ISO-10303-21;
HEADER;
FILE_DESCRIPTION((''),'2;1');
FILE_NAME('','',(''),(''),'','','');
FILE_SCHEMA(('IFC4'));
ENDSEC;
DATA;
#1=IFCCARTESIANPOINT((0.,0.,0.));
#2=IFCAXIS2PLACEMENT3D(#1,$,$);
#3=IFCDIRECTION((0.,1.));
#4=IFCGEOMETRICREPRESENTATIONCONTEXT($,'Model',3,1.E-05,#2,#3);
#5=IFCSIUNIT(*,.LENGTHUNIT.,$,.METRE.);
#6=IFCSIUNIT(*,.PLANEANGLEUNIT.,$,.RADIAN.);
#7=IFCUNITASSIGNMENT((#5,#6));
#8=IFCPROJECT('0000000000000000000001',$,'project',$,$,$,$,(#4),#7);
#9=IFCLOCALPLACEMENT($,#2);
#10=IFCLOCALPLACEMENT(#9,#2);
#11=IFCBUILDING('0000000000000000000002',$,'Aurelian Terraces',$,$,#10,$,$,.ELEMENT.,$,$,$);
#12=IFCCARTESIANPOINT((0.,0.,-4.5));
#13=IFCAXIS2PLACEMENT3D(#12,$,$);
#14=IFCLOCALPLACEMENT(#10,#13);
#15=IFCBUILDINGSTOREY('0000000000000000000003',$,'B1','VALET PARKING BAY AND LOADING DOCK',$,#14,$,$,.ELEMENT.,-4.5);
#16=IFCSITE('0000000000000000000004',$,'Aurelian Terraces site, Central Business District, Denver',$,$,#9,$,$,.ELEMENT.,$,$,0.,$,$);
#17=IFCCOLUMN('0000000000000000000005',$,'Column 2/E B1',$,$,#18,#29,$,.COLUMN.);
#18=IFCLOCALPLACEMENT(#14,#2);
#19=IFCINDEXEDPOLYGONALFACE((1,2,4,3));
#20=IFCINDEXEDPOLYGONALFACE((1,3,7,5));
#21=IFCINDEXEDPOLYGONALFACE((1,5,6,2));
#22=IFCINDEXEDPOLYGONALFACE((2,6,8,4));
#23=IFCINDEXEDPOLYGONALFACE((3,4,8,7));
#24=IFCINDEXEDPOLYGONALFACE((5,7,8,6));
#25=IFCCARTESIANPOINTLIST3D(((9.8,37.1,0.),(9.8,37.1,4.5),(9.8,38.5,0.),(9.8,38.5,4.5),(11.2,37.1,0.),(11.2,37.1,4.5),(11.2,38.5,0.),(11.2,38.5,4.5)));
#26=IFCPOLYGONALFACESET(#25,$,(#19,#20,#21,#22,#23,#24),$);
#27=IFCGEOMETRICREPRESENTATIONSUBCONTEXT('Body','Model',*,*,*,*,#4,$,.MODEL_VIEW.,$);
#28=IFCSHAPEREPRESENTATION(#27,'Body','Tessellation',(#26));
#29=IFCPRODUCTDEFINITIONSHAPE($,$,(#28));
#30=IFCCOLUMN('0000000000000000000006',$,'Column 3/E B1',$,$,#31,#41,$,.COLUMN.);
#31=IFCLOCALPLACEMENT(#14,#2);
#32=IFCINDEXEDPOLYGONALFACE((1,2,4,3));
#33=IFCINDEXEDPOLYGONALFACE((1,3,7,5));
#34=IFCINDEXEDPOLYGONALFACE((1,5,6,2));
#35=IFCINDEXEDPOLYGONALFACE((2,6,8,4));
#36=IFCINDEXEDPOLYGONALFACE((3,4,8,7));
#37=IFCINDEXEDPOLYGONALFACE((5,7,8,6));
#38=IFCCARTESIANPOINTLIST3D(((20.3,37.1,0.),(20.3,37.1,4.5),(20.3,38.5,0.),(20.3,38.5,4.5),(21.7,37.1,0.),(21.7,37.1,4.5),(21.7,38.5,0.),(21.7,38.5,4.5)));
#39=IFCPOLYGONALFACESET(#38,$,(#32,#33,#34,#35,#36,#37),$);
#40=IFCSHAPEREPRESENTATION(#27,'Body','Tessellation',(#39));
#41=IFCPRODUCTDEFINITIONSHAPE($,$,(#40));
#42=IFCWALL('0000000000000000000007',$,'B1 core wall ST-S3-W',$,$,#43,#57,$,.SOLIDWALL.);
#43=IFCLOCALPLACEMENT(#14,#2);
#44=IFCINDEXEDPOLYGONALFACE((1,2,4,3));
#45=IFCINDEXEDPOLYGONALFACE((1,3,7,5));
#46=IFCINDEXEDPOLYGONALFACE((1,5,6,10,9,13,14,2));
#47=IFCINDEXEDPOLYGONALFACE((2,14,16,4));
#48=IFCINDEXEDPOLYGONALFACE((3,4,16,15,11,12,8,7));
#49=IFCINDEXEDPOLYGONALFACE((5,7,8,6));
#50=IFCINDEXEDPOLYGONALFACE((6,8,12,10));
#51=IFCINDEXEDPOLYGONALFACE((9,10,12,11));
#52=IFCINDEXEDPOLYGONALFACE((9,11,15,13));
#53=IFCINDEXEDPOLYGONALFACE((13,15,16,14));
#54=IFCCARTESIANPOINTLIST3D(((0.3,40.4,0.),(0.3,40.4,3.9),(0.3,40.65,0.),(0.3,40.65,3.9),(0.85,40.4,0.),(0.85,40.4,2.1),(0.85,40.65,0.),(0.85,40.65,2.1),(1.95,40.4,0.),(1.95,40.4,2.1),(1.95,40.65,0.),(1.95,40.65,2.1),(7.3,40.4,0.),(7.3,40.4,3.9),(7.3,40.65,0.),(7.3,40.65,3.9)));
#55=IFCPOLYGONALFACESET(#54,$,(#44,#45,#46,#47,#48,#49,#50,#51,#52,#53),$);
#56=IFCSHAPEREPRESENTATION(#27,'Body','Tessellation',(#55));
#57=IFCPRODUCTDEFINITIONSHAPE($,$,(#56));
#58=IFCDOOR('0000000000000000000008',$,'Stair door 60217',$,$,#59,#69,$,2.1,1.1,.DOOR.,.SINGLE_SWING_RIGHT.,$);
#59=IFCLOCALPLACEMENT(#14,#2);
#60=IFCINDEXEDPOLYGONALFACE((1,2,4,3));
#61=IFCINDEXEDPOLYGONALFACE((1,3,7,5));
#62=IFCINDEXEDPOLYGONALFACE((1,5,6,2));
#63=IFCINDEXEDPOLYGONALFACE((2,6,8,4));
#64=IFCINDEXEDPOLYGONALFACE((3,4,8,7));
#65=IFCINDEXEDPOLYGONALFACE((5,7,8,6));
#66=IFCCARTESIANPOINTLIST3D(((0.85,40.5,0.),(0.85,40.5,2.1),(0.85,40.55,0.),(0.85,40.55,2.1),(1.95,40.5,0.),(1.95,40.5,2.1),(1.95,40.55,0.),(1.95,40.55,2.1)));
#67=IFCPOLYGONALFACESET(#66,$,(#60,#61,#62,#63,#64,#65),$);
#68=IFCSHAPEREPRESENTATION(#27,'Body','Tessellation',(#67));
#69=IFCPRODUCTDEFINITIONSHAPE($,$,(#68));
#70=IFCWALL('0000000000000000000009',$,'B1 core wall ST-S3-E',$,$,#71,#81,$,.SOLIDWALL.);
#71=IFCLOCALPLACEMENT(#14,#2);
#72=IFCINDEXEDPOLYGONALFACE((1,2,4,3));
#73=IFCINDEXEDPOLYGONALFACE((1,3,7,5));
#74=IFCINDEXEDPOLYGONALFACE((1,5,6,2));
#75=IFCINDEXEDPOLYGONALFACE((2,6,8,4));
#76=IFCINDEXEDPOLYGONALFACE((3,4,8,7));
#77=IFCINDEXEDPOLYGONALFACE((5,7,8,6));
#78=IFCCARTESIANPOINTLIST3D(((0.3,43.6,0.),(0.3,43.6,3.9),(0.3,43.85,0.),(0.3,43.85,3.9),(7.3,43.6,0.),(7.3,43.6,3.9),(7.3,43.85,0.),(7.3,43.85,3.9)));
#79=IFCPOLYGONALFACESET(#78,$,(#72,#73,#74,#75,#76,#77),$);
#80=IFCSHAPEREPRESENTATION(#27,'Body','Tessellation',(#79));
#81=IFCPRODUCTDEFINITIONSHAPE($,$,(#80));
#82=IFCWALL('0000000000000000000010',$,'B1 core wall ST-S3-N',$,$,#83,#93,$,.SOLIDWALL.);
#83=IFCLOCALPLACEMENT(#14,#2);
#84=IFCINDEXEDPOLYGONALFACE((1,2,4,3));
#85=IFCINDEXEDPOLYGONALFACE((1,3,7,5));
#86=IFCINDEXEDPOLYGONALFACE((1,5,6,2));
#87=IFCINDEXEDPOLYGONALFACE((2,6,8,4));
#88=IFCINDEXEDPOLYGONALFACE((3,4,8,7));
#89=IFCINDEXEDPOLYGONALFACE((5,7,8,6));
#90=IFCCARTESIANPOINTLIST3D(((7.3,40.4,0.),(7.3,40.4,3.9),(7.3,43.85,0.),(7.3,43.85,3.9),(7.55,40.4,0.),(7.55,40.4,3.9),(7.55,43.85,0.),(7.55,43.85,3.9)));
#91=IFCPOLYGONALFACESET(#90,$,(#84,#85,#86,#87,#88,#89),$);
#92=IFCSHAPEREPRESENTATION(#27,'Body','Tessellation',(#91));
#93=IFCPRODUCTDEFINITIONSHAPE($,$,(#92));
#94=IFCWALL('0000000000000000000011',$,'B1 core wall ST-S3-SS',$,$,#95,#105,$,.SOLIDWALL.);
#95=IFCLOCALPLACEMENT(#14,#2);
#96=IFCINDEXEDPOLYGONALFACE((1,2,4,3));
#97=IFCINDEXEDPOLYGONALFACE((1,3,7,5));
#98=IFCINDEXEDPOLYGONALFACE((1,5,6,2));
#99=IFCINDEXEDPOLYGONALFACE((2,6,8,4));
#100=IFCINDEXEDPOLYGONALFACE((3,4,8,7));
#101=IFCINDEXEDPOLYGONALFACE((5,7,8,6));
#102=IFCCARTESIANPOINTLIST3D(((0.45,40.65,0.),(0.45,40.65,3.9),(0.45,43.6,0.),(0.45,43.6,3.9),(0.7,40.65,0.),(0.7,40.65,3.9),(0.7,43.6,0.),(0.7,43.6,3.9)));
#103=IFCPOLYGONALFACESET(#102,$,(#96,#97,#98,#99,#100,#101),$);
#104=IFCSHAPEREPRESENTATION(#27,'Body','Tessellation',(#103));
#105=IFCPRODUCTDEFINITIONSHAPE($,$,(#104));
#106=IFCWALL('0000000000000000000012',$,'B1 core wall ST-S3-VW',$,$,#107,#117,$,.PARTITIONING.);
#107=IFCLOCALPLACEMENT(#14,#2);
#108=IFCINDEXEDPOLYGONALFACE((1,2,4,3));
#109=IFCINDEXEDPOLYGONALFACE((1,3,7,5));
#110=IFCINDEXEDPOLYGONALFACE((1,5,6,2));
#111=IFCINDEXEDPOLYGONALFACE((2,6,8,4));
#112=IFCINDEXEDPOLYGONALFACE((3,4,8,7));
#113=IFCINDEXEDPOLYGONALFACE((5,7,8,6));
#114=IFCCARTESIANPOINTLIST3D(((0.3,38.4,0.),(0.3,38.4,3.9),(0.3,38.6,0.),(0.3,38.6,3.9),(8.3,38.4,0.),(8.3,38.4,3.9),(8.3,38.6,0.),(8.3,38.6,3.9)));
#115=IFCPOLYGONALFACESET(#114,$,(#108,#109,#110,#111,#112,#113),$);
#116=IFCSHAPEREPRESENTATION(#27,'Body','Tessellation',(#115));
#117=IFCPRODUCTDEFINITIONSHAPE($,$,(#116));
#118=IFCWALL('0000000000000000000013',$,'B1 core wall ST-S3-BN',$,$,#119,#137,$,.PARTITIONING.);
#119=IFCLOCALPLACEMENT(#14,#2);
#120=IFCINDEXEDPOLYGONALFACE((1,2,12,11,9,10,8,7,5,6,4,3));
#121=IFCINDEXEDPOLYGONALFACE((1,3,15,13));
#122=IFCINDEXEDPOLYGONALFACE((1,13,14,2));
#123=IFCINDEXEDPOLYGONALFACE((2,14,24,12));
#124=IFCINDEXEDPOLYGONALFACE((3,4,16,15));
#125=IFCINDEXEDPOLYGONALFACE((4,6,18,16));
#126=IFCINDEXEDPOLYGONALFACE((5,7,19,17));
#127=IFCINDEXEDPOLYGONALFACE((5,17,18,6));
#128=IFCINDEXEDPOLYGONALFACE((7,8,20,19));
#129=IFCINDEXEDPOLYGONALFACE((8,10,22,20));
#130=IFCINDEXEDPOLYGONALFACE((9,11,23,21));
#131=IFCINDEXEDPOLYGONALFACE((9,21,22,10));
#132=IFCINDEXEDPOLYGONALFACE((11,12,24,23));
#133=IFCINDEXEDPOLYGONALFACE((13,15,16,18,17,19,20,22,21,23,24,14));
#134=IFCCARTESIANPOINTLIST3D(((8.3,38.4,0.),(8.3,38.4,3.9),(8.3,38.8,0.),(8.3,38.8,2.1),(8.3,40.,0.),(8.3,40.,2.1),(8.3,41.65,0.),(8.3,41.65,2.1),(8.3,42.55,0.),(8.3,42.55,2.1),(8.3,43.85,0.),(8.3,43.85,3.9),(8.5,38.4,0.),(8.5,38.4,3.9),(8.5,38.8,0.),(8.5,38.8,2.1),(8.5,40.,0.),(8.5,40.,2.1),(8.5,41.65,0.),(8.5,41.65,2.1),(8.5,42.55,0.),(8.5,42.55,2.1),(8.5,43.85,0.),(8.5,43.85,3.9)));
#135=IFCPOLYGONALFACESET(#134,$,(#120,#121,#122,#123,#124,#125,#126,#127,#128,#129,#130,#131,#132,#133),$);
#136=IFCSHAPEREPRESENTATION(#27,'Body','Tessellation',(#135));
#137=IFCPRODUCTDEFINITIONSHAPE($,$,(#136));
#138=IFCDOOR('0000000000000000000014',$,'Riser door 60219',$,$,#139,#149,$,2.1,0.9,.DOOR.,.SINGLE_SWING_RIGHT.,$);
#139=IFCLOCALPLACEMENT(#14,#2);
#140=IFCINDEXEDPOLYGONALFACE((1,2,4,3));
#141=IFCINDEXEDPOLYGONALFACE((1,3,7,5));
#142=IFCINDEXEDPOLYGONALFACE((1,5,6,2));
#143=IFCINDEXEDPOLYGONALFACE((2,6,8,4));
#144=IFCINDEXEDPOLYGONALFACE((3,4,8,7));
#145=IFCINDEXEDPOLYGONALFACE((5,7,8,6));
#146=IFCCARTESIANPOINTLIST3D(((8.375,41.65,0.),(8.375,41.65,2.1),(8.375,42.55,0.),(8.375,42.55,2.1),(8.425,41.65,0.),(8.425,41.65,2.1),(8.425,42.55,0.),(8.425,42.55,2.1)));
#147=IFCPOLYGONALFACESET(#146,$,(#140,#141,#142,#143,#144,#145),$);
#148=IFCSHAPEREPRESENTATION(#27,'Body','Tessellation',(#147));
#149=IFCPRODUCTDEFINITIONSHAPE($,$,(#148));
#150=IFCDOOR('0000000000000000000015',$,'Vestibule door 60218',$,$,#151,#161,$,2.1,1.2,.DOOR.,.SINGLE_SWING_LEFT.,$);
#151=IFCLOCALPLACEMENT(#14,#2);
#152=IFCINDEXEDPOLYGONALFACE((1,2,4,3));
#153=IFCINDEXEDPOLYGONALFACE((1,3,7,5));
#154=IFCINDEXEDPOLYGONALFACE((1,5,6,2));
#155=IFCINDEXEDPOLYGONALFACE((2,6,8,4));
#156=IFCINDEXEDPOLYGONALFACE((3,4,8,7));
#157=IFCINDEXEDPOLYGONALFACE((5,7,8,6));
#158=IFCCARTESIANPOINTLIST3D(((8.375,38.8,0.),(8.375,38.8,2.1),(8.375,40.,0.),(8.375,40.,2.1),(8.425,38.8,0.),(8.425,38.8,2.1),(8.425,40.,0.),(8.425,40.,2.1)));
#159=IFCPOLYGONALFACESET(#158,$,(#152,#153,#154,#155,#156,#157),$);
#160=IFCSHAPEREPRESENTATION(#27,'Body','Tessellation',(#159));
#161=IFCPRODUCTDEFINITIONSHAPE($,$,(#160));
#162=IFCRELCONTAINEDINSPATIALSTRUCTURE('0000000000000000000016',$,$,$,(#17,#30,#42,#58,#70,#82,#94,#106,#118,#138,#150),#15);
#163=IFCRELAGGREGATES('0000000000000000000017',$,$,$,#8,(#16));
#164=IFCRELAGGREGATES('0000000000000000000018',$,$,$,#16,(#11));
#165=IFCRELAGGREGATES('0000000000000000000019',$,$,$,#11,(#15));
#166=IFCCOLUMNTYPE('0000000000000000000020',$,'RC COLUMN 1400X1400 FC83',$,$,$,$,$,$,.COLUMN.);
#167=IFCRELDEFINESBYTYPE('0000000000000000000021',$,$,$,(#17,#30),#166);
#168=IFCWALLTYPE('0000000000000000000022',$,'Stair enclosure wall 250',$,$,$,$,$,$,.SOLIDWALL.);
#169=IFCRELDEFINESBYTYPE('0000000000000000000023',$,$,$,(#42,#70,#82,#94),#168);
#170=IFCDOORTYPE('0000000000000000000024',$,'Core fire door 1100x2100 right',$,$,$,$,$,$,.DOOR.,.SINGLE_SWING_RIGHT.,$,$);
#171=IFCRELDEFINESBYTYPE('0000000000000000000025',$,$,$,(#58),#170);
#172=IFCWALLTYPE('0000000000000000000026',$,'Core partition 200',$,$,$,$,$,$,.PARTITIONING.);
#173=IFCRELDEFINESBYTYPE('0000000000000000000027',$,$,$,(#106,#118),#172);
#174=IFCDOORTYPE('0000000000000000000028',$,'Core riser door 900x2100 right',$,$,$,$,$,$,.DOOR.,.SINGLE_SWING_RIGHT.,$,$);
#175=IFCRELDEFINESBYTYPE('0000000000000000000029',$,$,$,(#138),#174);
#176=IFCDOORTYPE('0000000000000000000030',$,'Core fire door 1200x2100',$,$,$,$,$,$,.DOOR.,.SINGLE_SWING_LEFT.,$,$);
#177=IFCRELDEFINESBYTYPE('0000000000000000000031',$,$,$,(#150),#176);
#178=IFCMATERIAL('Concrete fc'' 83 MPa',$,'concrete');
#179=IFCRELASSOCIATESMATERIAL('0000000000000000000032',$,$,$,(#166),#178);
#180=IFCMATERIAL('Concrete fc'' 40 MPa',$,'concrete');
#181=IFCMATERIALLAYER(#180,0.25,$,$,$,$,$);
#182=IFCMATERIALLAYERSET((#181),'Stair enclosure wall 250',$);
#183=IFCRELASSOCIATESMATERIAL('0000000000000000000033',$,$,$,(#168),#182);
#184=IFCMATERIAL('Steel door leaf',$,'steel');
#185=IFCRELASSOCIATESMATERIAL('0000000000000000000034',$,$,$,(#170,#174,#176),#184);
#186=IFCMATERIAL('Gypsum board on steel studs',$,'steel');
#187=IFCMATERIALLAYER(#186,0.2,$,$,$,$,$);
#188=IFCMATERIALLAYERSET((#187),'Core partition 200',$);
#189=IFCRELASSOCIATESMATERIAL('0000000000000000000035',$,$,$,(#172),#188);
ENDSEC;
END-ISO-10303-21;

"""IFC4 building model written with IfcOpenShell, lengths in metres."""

from ifc_helpers import new_model, si_unit, direction, frame, frame_2d, origin, origin_2d, place, context, subcontext, project, spatial, rectangle, extrude, source, transform, mapped, material, layer, layer_set, material_profile, profile_set, type_object, element, fill, save


model = new_model("IFC4")

# Units and contexts
model_context = context("Model", 3, precision=1e-05, world=origin(), true_north=direction((0.0, 1.0)))
body_context = subcontext(model_context, "Body", "Model", "MODEL_VIEW")
ifc_project = project(units=[si_unit("LENGTHUNIT", "METRE"), si_unit("PLANEANGLEUNIT", "RADIAN")], contexts=[model_context])

# Site, building, storey
site_placement = place(None, origin())
site = spatial("IfcSite", under=ifc_project, at=site_placement, Name="Aurelian Terraces site, Central Business District, Denver", CompositionType="ELEMENT", RefElevation=0.0)
building_placement = place(site_placement, origin())
building = spatial("IfcBuilding", under=site, at=building_placement, Name="Aurelian Terraces", CompositionType="ELEMENT")
storey_placement = place(building_placement, frame((0.0, 0.0, -4.5)))
storey = spatial("IfcBuildingStorey", under=building, at=storey_placement, Name="B1", Description="VALET PARKING BAY AND LOADING DOCK", CompositionType="ELEMENT", Elevation=-4.5)

# Columns
ifc_material_1 = material(Name="Concrete fc' 83 MPa", Category="concrete")
ifc_material_profile = material_profile(ifc_material_1, rectangle(XDim=1.4, YDim=1.4, at=origin_2d()))
ifc_profile_set = profile_set([ifc_material_profile], Name="Concrete fc' 83 MPa")
column_type = type_object("IfcColumnType", Name="RC COLUMN 1400X1400 FC83", PredefinedType="COLUMN", material=ifc_profile_set)
shared_shape_1 = source(origin(), body_context, "Body", "SweptSolid", [
    extrude(rectangle(XDim=1.4, YDim=1.4, at=origin_2d()), origin(), (0.0, 0.0, 1.0), 4.5),
])
for number, where, z_axis, x_axis, name in (
    (1, (10.5, 37.8, 0.0), (0.0, 0.0, 1.0), (1.0, 0.0, 0.0), "Column 2/E B1"),
    (2, (21.0, 37.8, 0.0), (0.0, 0.0, 1.0), (1.0, 0.0, 0.0), "Column 3/E B1"),
):
    element("IfcColumn", number, at=place(storey_placement, frame(where, z_axis=z_axis, x_axis=x_axis)), inside=storey, type_object=column_type, Name=name, PredefinedType="COLUMN", context=body_context, shape_type="MappedRepresentation", body=[
        mapped(shared_shape_1, transform((0.0, 0.0, 0.0), scale=1.0)),
    ])

# Wall, opening, door
ifc_material_2 = material(Name="Concrete fc' 40 MPa", Category="concrete")
ifc_layer_1 = layer(ifc_material_2, 0.25)
ifc_layer_set_1 = layer_set([ifc_layer_1], Name="Stair enclosure wall 250")
wall_type_1 = type_object("IfcWallType", Name="Stair enclosure wall 250", PredefinedType="SOLIDWALL", material=ifc_layer_set_1)
shared_shape_2 = source(origin(), body_context, "Body", "SweptSolid", [
    extrude(rectangle(XDim=7.0, YDim=0.25, at=frame_2d((3.5, 0.0))), origin(), (0.0, 0.0, 1.0), 3.9),
])
wall_1_placement = place(storey_placement, frame((0.3, 40.525, 0.0), z_axis=(0.0, 0.0, 1.0), x_axis=(1.0, 0.0, 0.0)))
wall_1 = element("IfcWall", 3, at=wall_1_placement, inside=storey, type_object=wall_type_1, Name="B1 core wall ST-S3-W", PredefinedType="SOLIDWALL", context=body_context, shape_type="MappedRepresentation", body=[
    mapped(shared_shape_2, transform((0.0, 0.0, 0.0), scale=1.0)),
])
shared_shape_3 = source(origin(), body_context, "Body", "SweptSolid", [
    extrude(rectangle(XDim=1.1, YDim=2.1, at=frame_2d((0.55, 1.05))), frame((0.0, 0.135, 0.0), z_axis=(0.0, -1.0, 0.0), x_axis=(1.0, 0.0, 0.0)), (0.0, 0.0, 1.0), 0.27),
])
opening_1_placement = place(wall_1_placement, frame((0.55, 0.0, 0.0)))
opening_1 = element("IfcOpeningElement", 4, at=opening_1_placement, cuts=wall_1, PredefinedType="OPENING", context=body_context, shape_type="MappedRepresentation", body=[
    mapped(shared_shape_3, transform((0.0, 0.0, 0.0), scale=1.0)),
])
ifc_material_3 = material(Name="Steel door leaf", Category="steel")
door_type_1 = type_object("IfcDoorType", Name="Core fire door 1100x2100 right", OperationType="SINGLE_SWING_RIGHT", PredefinedType="DOOR", material=ifc_material_3)
shared_shape_4 = source(origin(), body_context, "Body", "SweptSolid", [
    extrude(rectangle(XDim=1.1, YDim=2.1, at=frame_2d((0.55, 1.05))), frame((0.0, 0.025, 0.0), z_axis=(0.0, -1.0, 0.0), x_axis=(1.0, 0.0, 0.0)), (0.0, 0.0, 1.0), 0.05),
])
door_1_placement = place(opening_1_placement, origin())
door_1 = element("IfcDoor", 5, at=door_1_placement, inside=storey, type_object=door_type_1, Name="Stair door 60217", OperationType="SINGLE_SWING_RIGHT", OverallHeight=2.1, OverallWidth=1.1, PredefinedType="DOOR", context=body_context, shape_type="MappedRepresentation", body=[
    mapped(shared_shape_4, transform((0.0, 0.0, 0.0), scale=1.0)),
])
fill(opening_1, door_1)

# Walls
wall_2_placement = place(storey_placement, frame((0.3, 43.725, 0.0), z_axis=(0.0, 0.0, 1.0), x_axis=(1.0, 0.0, 0.0)))
element("IfcWall", 6, at=wall_2_placement, inside=storey, type_object=wall_type_1, Name="B1 core wall ST-S3-E", PredefinedType="SOLIDWALL", context=body_context, shape_type="MappedRepresentation", body=[
    mapped(shared_shape_2, transform((0.0, 0.0, 0.0), scale=1.0)),
])
shared_shape_5 = source(origin(), body_context, "Body", "SweptSolid", [
    extrude(rectangle(XDim=3.45, YDim=0.25, at=frame_2d((1.725, 0.0))), origin(), (0.0, 0.0, 1.0), 3.9),
])
wall_3_placement = place(storey_placement, frame((7.425, 40.4, 0.0), z_axis=(0.0, 0.0, 1.0), x_axis=(0.0, 1.0, 0.0)))
element("IfcWall", 7, at=wall_3_placement, inside=storey, type_object=wall_type_1, Name="B1 core wall ST-S3-N", PredefinedType="SOLIDWALL", context=body_context, shape_type="MappedRepresentation", body=[
    mapped(shared_shape_5, transform((0.0, 0.0, 0.0), scale=1.0)),
])
shared_shape_6 = source(origin(), body_context, "Body", "SweptSolid", [
    extrude(rectangle(XDim=2.95, YDim=0.25, at=frame_2d((1.475, 0.0))), origin(), (0.0, 0.0, 1.0), 3.9),
])
wall_4_placement = place(storey_placement, frame((0.575, 40.65, 0.0), z_axis=(0.0, 0.0, 1.0), x_axis=(0.0, 1.0, 0.0)))
element("IfcWall", 8, at=wall_4_placement, inside=storey, type_object=wall_type_1, Name="B1 core wall ST-S3-SS", PredefinedType="SOLIDWALL", context=body_context, shape_type="MappedRepresentation", body=[
    mapped(shared_shape_6, transform((0.0, 0.0, 0.0), scale=1.0)),
])
ifc_material_4 = material(Name="Gypsum board on steel studs", Category="steel")
ifc_layer_2 = layer(ifc_material_4, 0.2)
ifc_layer_set_2 = layer_set([ifc_layer_2], Name="Core partition 200")
wall_type_2 = type_object("IfcWallType", Name="Core partition 200", PredefinedType="PARTITIONING", material=ifc_layer_set_2)
shared_shape_7 = source(origin(), body_context, "Body", "SweptSolid", [
    extrude(rectangle(XDim=8.0, YDim=0.2, at=frame_2d((4.0, 0.0))), origin(), (0.0, 0.0, 1.0), 3.9),
])
wall_5_placement = place(storey_placement, frame((0.3, 38.5, 0.0), z_axis=(0.0, 0.0, 1.0), x_axis=(1.0, 0.0, 0.0)))
element("IfcWall", 9, at=wall_5_placement, inside=storey, type_object=wall_type_2, Name="B1 core wall ST-S3-VW", PredefinedType="PARTITIONING", context=body_context, shape_type="MappedRepresentation", body=[
    mapped(shared_shape_7, transform((0.0, 0.0, 0.0), scale=1.0)),
])

# Wall, openings, doors
shared_shape_8 = source(origin(), body_context, "Body", "SweptSolid", [
    extrude(rectangle(XDim=5.45, YDim=0.2, at=frame_2d((2.725, 0.0))), origin(), (0.0, 0.0, 1.0), 3.9),
])
wall_6_placement = place(storey_placement, frame((8.4, 38.4, 0.0), z_axis=(0.0, 0.0, 1.0), x_axis=(0.0, 1.0, 0.0)))
wall_6 = element("IfcWall", 10, at=wall_6_placement, inside=storey, type_object=wall_type_2, Name="B1 core wall ST-S3-BN", PredefinedType="PARTITIONING", context=body_context, shape_type="MappedRepresentation", body=[
    mapped(shared_shape_8, transform((0.0, 0.0, 0.0), scale=1.0)),
])
shared_shape_9 = source(origin(), body_context, "Body", "SweptSolid", [
    extrude(rectangle(XDim=1.2, YDim=2.1, at=frame_2d((0.6, 1.05))), frame((0.0, 0.11, 0.0), z_axis=(0.0, -1.0, 0.0), x_axis=(1.0, 0.0, 0.0)), (0.0, 0.0, 1.0), 0.22),
])
opening_2_placement = place(wall_6_placement, frame((0.4, 0.0, 0.0)))
opening_2 = element("IfcOpeningElement", 11, at=opening_2_placement, cuts=wall_6, PredefinedType="OPENING", context=body_context, shape_type="MappedRepresentation", body=[
    mapped(shared_shape_9, transform((0.0, 0.0, 0.0), scale=1.0)),
])
shared_shape_10 = source(origin(), body_context, "Body", "SweptSolid", [
    extrude(rectangle(XDim=0.9, YDim=2.1, at=frame_2d((0.45, 1.05))), frame((0.0, 0.11, 0.0), z_axis=(0.0, -1.0, 0.0), x_axis=(1.0, 0.0, 0.0)), (0.0, 0.0, 1.0), 0.22),
])
opening_3_placement = place(wall_6_placement, frame((3.25, 0.0, 0.0)))
opening_3 = element("IfcOpeningElement", 12, at=opening_3_placement, cuts=wall_6, PredefinedType="OPENING", context=body_context, shape_type="MappedRepresentation", body=[
    mapped(shared_shape_10, transform((0.0, 0.0, 0.0), scale=1.0)),
])
door_type_2 = type_object("IfcDoorType", Name="Core riser door 900x2100 right", OperationType="SINGLE_SWING_RIGHT", PredefinedType="DOOR", material=ifc_material_3)
shared_shape_11 = source(origin(), body_context, "Body", "SweptSolid", [
    extrude(rectangle(XDim=0.9, YDim=2.1, at=frame_2d((0.45, 1.05))), frame((0.0, 0.025, 0.0), z_axis=(0.0, -1.0, 0.0), x_axis=(1.0, 0.0, 0.0)), (0.0, 0.0, 1.0), 0.05),
])
door_2_placement = place(opening_3_placement, origin())
door_2 = element("IfcDoor", 13, at=door_2_placement, inside=storey, type_object=door_type_2, Name="Riser door 60219", OperationType="SINGLE_SWING_RIGHT", OverallHeight=2.1, OverallWidth=0.9, PredefinedType="DOOR", context=body_context, shape_type="MappedRepresentation", body=[
    mapped(shared_shape_11, transform((0.0, 0.0, 0.0), scale=1.0)),
])
fill(opening_3, door_2)
door_type_3 = type_object("IfcDoorType", Name="Core fire door 1200x2100", OperationType="SINGLE_SWING_LEFT", PredefinedType="DOOR", material=ifc_material_3)
shared_shape_12 = source(origin(), body_context, "Body", "SweptSolid", [
    extrude(rectangle(XDim=1.2, YDim=2.1, at=frame_2d((0.6, 1.05))), frame((0.0, 0.025, 0.0), z_axis=(0.0, -1.0, 0.0), x_axis=(1.0, 0.0, 0.0)), (0.0, 0.0, 1.0), 0.05),
])
door_3_placement = place(opening_2_placement, origin())
door_3 = element("IfcDoor", 14, at=door_3_placement, inside=storey, type_object=door_type_3, Name="Vestibule door 60218", OperationType="SINGLE_SWING_LEFT", OverallHeight=2.1, OverallWidth=1.2, PredefinedType="DOOR", context=body_context, shape_type="MappedRepresentation", body=[
    mapped(shared_shape_12, transform((0.0, 0.0, 0.0), scale=1.0)),
])
fill(opening_2, door_3)

save(model, "model.ifc")
